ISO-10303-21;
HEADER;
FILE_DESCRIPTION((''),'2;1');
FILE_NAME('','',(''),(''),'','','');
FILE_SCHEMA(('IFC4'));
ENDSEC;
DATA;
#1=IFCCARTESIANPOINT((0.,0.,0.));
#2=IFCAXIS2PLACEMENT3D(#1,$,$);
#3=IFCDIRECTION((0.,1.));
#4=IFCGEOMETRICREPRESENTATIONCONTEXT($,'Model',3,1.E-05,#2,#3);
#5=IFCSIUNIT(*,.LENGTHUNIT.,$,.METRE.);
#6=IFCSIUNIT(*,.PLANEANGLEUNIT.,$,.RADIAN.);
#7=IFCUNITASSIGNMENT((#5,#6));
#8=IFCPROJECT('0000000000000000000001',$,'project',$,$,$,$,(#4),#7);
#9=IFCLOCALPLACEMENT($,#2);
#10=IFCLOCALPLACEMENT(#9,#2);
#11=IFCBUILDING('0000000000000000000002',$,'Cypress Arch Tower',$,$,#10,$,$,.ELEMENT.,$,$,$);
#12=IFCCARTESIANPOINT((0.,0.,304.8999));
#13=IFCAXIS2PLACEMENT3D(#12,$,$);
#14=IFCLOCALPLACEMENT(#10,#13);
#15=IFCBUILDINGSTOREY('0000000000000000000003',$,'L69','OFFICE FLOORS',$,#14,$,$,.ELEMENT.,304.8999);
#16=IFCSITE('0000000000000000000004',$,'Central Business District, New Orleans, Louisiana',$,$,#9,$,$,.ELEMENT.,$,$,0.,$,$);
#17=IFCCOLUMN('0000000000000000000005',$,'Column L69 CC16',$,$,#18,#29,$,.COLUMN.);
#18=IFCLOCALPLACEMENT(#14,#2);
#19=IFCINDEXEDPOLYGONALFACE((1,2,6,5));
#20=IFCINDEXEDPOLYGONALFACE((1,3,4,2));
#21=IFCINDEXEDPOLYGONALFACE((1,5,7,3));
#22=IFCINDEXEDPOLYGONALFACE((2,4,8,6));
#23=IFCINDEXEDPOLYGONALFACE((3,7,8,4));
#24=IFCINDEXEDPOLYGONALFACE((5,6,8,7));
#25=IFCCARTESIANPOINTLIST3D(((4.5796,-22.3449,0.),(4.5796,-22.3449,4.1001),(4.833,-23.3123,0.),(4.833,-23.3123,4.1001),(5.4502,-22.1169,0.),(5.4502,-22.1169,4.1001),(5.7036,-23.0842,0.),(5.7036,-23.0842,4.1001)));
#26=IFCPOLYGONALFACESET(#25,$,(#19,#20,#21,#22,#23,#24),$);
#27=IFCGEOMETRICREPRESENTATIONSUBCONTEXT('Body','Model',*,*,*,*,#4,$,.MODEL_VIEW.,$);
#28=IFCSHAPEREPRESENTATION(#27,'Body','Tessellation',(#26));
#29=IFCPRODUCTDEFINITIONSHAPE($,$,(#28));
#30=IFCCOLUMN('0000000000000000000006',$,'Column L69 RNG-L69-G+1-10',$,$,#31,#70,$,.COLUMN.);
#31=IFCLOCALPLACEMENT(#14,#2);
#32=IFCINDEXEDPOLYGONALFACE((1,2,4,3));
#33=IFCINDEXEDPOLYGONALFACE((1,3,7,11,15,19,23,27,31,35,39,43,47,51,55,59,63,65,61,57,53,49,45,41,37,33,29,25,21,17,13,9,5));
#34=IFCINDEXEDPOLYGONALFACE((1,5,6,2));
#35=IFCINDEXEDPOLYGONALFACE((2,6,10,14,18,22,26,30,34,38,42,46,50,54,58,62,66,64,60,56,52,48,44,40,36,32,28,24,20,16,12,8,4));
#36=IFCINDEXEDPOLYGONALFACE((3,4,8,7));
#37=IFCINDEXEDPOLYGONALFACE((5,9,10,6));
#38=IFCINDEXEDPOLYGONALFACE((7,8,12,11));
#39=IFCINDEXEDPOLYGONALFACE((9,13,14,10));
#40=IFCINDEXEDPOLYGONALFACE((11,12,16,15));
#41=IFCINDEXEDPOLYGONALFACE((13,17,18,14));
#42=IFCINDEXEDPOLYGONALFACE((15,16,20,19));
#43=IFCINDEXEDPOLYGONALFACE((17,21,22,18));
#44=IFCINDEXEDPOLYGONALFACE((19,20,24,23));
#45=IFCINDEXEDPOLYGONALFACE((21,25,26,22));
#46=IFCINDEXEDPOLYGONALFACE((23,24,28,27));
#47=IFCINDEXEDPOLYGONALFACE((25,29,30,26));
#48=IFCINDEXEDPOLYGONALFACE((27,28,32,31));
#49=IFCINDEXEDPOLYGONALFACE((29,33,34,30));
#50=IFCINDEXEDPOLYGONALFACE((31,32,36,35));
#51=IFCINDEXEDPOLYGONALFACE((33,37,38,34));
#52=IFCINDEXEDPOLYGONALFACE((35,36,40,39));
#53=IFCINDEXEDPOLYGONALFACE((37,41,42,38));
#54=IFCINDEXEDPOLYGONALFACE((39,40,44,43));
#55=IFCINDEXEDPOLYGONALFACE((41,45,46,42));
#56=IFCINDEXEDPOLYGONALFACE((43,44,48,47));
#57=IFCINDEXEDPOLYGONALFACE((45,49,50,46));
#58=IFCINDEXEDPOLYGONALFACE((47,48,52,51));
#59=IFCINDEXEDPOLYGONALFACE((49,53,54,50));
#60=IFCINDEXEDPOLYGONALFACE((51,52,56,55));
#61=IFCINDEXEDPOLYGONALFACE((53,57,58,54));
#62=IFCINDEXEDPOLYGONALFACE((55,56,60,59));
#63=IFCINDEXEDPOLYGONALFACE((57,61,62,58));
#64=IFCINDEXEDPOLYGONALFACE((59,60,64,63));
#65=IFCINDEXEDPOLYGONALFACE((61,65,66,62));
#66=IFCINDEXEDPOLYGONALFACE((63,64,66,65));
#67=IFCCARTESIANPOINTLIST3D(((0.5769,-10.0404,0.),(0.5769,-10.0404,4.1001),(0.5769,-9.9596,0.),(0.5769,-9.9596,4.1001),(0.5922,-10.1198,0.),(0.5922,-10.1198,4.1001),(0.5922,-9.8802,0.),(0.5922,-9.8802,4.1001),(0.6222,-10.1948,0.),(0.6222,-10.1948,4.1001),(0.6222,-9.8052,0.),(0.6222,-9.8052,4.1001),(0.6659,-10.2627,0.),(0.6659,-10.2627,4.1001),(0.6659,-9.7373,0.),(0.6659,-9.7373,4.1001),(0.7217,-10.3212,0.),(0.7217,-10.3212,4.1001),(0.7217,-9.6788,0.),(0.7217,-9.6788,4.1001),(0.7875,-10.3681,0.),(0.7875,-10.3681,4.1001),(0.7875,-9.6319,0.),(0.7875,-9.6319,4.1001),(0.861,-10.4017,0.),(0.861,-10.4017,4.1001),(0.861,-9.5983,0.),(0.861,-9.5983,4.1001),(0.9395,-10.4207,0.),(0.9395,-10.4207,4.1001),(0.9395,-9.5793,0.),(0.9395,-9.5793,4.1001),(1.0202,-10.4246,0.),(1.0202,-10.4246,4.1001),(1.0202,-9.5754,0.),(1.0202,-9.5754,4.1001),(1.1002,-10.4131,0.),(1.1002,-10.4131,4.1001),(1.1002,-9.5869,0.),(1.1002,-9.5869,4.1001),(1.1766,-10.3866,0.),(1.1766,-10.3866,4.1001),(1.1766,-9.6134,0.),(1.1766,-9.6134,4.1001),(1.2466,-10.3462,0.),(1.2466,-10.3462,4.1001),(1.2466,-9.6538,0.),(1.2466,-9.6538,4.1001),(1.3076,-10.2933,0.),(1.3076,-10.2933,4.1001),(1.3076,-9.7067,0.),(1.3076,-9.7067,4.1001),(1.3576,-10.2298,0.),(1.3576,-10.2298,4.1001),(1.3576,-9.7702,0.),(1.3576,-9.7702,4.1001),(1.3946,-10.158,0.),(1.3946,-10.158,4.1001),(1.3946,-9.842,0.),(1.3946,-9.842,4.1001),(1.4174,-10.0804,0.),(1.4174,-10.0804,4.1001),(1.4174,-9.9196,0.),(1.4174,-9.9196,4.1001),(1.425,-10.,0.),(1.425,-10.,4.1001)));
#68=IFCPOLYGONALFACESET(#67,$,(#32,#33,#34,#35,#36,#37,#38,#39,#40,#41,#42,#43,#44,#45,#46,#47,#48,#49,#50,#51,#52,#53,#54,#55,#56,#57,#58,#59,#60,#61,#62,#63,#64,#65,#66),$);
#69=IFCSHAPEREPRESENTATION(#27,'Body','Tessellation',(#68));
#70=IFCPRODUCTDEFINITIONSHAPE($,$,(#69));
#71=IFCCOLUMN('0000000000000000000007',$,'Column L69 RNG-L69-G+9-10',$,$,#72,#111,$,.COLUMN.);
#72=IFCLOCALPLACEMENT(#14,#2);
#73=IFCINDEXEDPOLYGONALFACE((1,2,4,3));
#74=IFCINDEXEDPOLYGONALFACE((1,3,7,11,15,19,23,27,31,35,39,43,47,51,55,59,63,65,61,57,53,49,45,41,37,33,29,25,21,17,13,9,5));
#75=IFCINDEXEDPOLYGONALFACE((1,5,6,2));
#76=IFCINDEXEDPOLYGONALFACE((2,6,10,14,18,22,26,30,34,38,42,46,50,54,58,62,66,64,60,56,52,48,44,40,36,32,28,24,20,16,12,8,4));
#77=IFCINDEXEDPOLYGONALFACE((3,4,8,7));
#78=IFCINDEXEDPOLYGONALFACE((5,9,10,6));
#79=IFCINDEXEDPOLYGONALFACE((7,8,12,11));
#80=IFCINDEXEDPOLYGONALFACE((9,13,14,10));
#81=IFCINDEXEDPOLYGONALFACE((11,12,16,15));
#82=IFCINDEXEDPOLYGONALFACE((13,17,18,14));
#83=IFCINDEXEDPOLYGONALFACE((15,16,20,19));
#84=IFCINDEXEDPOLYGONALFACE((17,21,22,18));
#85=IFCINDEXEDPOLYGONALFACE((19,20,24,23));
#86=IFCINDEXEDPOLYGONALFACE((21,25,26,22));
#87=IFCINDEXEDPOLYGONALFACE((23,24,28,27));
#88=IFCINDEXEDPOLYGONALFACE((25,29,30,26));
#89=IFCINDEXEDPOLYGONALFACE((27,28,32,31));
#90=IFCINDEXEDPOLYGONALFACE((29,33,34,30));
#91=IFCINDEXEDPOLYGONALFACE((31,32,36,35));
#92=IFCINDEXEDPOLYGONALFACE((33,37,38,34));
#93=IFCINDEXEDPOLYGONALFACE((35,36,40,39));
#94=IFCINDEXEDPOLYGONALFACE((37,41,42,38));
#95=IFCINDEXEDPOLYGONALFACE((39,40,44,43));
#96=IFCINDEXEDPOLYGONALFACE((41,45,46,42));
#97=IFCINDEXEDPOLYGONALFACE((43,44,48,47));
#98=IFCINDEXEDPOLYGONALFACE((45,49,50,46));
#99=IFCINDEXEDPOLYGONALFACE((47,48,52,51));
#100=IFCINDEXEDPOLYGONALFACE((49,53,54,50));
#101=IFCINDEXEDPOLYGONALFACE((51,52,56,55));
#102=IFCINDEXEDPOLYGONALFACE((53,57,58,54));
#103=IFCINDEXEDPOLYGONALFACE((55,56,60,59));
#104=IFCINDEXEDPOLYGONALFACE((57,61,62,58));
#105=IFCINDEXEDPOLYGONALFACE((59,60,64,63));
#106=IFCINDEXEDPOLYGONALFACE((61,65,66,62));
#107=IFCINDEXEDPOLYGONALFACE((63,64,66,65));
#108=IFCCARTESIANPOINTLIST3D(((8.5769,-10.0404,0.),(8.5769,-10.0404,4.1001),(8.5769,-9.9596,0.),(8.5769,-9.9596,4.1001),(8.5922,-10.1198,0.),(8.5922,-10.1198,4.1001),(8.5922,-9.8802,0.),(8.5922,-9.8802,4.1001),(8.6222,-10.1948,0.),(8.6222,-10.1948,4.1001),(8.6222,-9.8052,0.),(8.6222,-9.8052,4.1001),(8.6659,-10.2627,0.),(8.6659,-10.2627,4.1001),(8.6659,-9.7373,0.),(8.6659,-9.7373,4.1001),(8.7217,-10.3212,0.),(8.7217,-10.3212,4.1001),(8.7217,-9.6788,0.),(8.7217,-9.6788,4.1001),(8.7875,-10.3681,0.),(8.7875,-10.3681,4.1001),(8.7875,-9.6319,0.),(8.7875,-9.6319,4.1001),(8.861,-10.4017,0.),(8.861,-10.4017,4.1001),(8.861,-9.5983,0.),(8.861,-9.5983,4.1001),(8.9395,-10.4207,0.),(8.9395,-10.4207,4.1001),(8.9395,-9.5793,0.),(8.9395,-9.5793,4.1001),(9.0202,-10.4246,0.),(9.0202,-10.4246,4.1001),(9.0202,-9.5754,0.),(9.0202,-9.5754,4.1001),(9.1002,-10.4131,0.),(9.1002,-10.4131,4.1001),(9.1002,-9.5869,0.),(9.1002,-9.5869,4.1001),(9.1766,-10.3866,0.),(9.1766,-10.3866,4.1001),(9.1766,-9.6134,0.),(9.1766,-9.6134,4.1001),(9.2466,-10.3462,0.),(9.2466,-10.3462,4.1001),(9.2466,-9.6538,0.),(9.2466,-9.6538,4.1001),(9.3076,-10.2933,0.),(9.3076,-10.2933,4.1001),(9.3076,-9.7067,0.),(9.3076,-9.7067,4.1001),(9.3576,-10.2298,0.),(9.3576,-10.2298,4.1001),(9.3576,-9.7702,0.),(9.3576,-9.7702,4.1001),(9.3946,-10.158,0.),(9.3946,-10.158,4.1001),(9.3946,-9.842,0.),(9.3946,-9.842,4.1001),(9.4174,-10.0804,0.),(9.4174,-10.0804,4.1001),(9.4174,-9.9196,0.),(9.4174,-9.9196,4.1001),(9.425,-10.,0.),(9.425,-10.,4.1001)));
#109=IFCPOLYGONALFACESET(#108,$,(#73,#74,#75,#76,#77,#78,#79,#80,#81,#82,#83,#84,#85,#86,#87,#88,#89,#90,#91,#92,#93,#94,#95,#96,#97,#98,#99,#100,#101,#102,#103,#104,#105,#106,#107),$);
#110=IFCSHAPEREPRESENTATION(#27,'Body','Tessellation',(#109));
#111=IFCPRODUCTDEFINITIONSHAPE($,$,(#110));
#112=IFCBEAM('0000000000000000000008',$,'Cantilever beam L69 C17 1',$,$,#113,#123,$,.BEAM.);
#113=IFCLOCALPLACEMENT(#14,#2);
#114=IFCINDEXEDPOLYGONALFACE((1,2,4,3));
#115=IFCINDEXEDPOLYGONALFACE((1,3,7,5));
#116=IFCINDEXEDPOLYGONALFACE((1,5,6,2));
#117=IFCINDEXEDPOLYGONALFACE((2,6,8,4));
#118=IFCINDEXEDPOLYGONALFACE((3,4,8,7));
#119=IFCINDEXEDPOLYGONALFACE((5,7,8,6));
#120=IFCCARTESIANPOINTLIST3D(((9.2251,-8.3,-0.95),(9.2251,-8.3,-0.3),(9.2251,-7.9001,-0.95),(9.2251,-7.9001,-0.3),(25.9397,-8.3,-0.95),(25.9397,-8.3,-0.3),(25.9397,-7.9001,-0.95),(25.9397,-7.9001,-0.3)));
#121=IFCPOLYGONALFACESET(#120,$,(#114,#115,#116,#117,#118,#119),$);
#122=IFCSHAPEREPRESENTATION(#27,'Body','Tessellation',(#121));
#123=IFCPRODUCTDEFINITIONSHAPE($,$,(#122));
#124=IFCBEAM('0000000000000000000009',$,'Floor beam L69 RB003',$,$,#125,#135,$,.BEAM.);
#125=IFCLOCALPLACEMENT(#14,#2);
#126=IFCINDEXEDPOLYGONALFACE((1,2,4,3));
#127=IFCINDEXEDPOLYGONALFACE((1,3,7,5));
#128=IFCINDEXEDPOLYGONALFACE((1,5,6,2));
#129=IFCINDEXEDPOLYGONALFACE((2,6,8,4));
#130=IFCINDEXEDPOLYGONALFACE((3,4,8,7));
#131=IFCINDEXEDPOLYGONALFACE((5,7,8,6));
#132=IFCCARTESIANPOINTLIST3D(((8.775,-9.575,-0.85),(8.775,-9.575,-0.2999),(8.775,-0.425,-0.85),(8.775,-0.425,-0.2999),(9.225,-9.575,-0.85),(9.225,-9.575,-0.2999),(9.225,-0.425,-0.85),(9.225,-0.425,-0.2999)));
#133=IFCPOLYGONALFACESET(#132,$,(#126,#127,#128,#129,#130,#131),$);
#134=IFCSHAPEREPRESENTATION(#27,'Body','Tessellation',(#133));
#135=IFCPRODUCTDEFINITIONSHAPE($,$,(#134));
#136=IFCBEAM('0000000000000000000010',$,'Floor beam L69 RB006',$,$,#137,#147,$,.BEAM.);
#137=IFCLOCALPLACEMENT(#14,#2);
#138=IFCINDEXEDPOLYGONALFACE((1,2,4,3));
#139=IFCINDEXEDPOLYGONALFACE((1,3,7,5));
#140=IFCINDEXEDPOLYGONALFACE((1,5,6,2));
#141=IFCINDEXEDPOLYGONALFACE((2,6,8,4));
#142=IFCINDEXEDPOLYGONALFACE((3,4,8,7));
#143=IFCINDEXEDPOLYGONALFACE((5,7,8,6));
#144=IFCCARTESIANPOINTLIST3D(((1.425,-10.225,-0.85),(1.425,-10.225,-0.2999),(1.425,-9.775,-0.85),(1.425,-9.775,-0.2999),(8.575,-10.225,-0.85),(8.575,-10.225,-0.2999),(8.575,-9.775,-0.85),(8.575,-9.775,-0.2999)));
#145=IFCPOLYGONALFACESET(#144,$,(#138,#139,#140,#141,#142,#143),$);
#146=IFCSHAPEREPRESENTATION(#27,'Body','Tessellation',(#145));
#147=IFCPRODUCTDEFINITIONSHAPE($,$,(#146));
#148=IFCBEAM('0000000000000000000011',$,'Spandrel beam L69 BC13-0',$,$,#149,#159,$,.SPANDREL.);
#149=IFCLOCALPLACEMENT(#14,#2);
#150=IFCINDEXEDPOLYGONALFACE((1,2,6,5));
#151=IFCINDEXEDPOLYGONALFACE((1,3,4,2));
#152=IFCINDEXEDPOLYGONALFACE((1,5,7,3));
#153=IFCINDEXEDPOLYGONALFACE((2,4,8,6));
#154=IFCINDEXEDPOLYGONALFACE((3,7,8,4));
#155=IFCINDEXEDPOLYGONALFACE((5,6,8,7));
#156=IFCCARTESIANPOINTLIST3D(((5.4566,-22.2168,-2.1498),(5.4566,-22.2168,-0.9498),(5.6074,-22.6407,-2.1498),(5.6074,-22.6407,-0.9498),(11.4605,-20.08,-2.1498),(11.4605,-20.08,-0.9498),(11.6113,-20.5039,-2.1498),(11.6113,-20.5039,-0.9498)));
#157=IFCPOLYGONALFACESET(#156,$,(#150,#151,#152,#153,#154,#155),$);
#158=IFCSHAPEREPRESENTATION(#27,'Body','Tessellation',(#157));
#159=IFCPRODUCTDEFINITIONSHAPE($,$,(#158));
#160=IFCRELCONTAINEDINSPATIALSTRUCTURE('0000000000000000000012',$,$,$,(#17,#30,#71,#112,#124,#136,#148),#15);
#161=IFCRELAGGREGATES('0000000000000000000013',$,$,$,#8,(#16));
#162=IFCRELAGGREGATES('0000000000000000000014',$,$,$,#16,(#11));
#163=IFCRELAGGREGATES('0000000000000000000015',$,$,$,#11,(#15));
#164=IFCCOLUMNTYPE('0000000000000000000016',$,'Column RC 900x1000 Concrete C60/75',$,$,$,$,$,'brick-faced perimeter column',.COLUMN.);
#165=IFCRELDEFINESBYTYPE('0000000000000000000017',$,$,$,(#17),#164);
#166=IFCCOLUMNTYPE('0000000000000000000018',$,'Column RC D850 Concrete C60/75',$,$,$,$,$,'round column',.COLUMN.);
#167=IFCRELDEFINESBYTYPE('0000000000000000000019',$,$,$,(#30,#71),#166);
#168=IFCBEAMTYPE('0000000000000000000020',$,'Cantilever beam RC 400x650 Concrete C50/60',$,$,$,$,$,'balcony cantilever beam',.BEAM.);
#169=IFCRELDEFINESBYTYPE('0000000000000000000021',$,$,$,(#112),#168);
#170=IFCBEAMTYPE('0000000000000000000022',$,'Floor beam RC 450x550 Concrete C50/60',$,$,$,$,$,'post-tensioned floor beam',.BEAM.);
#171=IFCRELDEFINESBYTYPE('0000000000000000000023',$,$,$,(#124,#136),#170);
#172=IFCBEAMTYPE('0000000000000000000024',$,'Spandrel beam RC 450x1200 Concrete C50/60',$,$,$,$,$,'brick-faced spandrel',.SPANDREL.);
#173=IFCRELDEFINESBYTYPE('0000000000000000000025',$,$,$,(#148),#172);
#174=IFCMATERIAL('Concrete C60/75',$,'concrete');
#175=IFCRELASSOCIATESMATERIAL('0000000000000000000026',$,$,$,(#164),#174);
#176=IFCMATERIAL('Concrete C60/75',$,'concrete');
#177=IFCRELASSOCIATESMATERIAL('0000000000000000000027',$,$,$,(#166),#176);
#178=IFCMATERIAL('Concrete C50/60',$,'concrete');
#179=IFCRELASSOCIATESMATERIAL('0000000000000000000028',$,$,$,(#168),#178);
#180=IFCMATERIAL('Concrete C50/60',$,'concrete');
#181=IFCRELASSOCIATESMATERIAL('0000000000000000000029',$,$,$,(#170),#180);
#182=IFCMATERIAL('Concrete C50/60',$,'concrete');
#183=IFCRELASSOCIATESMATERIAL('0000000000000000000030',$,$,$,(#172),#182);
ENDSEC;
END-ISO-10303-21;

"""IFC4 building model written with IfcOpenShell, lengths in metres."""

from ifc_helpers import new_model, si_unit, direction, frame, origin, origin_2d, place, context, subcontext, project, spatial, rectangle, circle, extrude, material, material_profile, profile_set, type_object, element, save


model = new_model("IFC4")

# Units and contexts
model_context = context("Model", 3, precision=1e-05, world=origin(), true_north=direction((0.0, 1.0)))
body_context = subcontext(model_context, "Body", "Model", "MODEL_VIEW")
ifc_project = project(units=[si_unit("LENGTHUNIT", "METRE"), si_unit("PLANEANGLEUNIT", "RADIAN")], contexts=[model_context])

# Site, building, storey
site_placement = place(None, origin())
site = spatial("IfcSite", under=ifc_project, at=site_placement, Name="Central Business District, New Orleans, Louisiana", CompositionType="ELEMENT", RefElevation=0.0)
building_placement = place(site_placement, origin())
building = spatial("IfcBuilding", under=site, at=building_placement, Name="Cypress Arch Tower", CompositionType="ELEMENT")
storey_placement = place(building_placement, frame((0.0, 0.0, 304.8999)))
storey = spatial("IfcBuildingStorey", under=building, at=storey_placement, Name="L69", Description="OFFICE FLOORS", CompositionType="ELEMENT", Elevation=304.8999)

# Columns
ifc_material_1 = material(Name="Concrete C60/75", Category="concrete")
ifc_material_profile_1 = material_profile(ifc_material_1, rectangle(XDim=0.8999, YDim=1.0, at=origin_2d()), Name="RC 900x1000")
ifc_profile_set_1 = profile_set([ifc_material_profile_1], Name="Concrete C60/75")
column_type_1 = type_object("IfcColumnType", Name="Column RC 900x1000 Concrete C60/75", ElementType="brick-faced perimeter column", PredefinedType="COLUMN", material=ifc_profile_set_1)
column_placement = place(storey_placement, frame((5.1416, -22.7146, 0.0), z_axis=(0.0, 0.0, 1.0), x_axis=(0.967356, 0.253422, 0.0)))
element("IfcColumn", 1, at=column_placement, inside=storey, type_object=column_type_1, Name="Column L69 CC16", PredefinedType="COLUMN", context=body_context, shape_type="SweptSolid", body=[
    extrude(rectangle(XDim=0.8999, YDim=1.0, at=origin_2d()), origin(), (0.0, 0.0, 1.0), 4.1001),
])
ifc_material_2 = material(Name="Concrete C60/75", Category="concrete")
ifc_material_profile_2 = material_profile(ifc_material_2, circle(Radius=0.425, at=origin_2d()), Name="RC D850")
ifc_profile_set_2 = profile_set([ifc_material_profile_2], Name="Concrete C60/75")
column_type_2 = type_object("IfcColumnType", Name="Column RC D850 Concrete C60/75", ElementType="round column", PredefinedType="COLUMN", material=ifc_profile_set_2)
for number, where, z_axis, x_axis, name in (
    (2, (1.0, -10.0, 0.0), (0.0, 0.0, 1.0), (1.0, 0.0, 0.0), "Column L69 RNG-L69-G+1-10"),
    (3, (9.0, -10.0, 0.0), (0.0, 0.0, 1.0), (1.0, 0.0, 0.0), "Column L69 RNG-L69-G+9-10"),
):
    element("IfcColumn", number, at=place(storey_placement, frame(where, z_axis=z_axis, x_axis=x_axis)), inside=storey, type_object=column_type_2, Name=name, PredefinedType="COLUMN", context=body_context, shape_type="SweptSolid", body=[
        extrude(circle(Radius=0.425, at=origin_2d()), origin(), (0.0, 0.0, 1.0), 4.1001),
    ])

# Beams
ifc_material_3 = material(Name="Concrete C50/60", Category="concrete")
ifc_material_profile_3 = material_profile(ifc_material_3, rectangle(XDim=0.3999, YDim=0.6499, at=origin_2d()), Name="RC 400x650")
ifc_profile_set_3 = profile_set([ifc_material_profile_3], Name="Concrete C50/60")
beam_type_1 = type_object("IfcBeamType", Name="Cantilever beam RC 400x650 Concrete C50/60", ElementType="balcony cantilever beam", PredefinedType="BEAM", material=ifc_profile_set_3)
beam_1_placement = place(storey_placement, frame((9.2251, -8.1001, -0.625), z_axis=(1.0, 0.0, 0.0), x_axis=(0.0, 1.0, 0.0)))
element("IfcBeam", 4, at=beam_1_placement, inside=storey, type_object=beam_type_1, Name="Cantilever beam L69 C17 1", PredefinedType="BEAM", context=body_context, shape_type="SweptSolid", body=[
    extrude(rectangle(XDim=0.3999, YDim=0.6499, at=origin_2d()), origin(), (0.0, 0.0, 1.0), 16.7146),
])
ifc_material_4 = material(Name="Concrete C50/60", Category="concrete")
ifc_material_profile_4 = material_profile(ifc_material_4, rectangle(XDim=0.45, YDim=0.55, at=origin_2d()), Name="RC 450x550")
ifc_profile_set_4 = profile_set([ifc_material_profile_4], Name="Concrete C50/60")
beam_type_2 = type_object("IfcBeamType", Name="Floor beam RC 450x550 Concrete C50/60", ElementType="post-tensioned floor beam", PredefinedType="BEAM", material=ifc_profile_set_4)
beam_2_placement = place(storey_placement, frame((9.0, -9.575, -0.575), z_axis=(0.0, 1.0, 0.0), x_axis=(-1.0, 0.0, 0.0)))
element("IfcBeam", 5, at=beam_2_placement, inside=storey, type_object=beam_type_2, Name="Floor beam L69 RB003", PredefinedType="BEAM", context=body_context, shape_type="SweptSolid", body=[
    extrude(rectangle(XDim=0.45, YDim=0.55, at=origin_2d()), origin(), (0.0, 0.0, 1.0), 9.1499),
])
beam_3_placement = place(storey_placement, frame((1.425, -10.0, -0.575), z_axis=(1.0, 0.0, 0.0), x_axis=(0.0, 1.0, 0.0)))
element("IfcBeam", 6, at=beam_3_placement, inside=storey, type_object=beam_type_2, Name="Floor beam L69 RB006", PredefinedType="BEAM", context=body_context, shape_type="SweptSolid", body=[
    extrude(rectangle(XDim=0.45, YDim=0.55, at=origin_2d()), origin(), (0.0, 0.0, 1.0), 7.1499),
])
ifc_material_5 = material(Name="Concrete C50/60", Category="concrete")
ifc_material_profile_5 = material_profile(ifc_material_5, rectangle(XDim=0.45, YDim=1.2, at=origin_2d()), Name="RC 450x1200")
ifc_profile_set_5 = profile_set([ifc_material_profile_5], Name="Concrete C50/60")
beam_type_3 = type_object("IfcBeamType", Name="Spandrel beam RC 450x1200 Concrete C50/60", ElementType="brick-faced spandrel", PredefinedType="SPANDREL", material=ifc_profile_set_5)
beam_4_placement = place(storey_placement, frame((5.532, -22.4287, -1.5498), z_axis=(0.942116, 0.335288, 0.0), x_axis=(-0.335288, 0.942116, 0.0)))
element("IfcBeam", 7, at=beam_4_placement, inside=storey, type_object=beam_type_3, Name="Spandrel beam L69 BC13-0", PredefinedType="SPANDREL", context=body_context, shape_type="SweptSolid", body=[
    extrude(rectangle(XDim=0.45, YDim=1.2, at=origin_2d()), origin(), (0.0, 0.0, 1.0), 6.3728),
])

save(model, "model.ifc")
